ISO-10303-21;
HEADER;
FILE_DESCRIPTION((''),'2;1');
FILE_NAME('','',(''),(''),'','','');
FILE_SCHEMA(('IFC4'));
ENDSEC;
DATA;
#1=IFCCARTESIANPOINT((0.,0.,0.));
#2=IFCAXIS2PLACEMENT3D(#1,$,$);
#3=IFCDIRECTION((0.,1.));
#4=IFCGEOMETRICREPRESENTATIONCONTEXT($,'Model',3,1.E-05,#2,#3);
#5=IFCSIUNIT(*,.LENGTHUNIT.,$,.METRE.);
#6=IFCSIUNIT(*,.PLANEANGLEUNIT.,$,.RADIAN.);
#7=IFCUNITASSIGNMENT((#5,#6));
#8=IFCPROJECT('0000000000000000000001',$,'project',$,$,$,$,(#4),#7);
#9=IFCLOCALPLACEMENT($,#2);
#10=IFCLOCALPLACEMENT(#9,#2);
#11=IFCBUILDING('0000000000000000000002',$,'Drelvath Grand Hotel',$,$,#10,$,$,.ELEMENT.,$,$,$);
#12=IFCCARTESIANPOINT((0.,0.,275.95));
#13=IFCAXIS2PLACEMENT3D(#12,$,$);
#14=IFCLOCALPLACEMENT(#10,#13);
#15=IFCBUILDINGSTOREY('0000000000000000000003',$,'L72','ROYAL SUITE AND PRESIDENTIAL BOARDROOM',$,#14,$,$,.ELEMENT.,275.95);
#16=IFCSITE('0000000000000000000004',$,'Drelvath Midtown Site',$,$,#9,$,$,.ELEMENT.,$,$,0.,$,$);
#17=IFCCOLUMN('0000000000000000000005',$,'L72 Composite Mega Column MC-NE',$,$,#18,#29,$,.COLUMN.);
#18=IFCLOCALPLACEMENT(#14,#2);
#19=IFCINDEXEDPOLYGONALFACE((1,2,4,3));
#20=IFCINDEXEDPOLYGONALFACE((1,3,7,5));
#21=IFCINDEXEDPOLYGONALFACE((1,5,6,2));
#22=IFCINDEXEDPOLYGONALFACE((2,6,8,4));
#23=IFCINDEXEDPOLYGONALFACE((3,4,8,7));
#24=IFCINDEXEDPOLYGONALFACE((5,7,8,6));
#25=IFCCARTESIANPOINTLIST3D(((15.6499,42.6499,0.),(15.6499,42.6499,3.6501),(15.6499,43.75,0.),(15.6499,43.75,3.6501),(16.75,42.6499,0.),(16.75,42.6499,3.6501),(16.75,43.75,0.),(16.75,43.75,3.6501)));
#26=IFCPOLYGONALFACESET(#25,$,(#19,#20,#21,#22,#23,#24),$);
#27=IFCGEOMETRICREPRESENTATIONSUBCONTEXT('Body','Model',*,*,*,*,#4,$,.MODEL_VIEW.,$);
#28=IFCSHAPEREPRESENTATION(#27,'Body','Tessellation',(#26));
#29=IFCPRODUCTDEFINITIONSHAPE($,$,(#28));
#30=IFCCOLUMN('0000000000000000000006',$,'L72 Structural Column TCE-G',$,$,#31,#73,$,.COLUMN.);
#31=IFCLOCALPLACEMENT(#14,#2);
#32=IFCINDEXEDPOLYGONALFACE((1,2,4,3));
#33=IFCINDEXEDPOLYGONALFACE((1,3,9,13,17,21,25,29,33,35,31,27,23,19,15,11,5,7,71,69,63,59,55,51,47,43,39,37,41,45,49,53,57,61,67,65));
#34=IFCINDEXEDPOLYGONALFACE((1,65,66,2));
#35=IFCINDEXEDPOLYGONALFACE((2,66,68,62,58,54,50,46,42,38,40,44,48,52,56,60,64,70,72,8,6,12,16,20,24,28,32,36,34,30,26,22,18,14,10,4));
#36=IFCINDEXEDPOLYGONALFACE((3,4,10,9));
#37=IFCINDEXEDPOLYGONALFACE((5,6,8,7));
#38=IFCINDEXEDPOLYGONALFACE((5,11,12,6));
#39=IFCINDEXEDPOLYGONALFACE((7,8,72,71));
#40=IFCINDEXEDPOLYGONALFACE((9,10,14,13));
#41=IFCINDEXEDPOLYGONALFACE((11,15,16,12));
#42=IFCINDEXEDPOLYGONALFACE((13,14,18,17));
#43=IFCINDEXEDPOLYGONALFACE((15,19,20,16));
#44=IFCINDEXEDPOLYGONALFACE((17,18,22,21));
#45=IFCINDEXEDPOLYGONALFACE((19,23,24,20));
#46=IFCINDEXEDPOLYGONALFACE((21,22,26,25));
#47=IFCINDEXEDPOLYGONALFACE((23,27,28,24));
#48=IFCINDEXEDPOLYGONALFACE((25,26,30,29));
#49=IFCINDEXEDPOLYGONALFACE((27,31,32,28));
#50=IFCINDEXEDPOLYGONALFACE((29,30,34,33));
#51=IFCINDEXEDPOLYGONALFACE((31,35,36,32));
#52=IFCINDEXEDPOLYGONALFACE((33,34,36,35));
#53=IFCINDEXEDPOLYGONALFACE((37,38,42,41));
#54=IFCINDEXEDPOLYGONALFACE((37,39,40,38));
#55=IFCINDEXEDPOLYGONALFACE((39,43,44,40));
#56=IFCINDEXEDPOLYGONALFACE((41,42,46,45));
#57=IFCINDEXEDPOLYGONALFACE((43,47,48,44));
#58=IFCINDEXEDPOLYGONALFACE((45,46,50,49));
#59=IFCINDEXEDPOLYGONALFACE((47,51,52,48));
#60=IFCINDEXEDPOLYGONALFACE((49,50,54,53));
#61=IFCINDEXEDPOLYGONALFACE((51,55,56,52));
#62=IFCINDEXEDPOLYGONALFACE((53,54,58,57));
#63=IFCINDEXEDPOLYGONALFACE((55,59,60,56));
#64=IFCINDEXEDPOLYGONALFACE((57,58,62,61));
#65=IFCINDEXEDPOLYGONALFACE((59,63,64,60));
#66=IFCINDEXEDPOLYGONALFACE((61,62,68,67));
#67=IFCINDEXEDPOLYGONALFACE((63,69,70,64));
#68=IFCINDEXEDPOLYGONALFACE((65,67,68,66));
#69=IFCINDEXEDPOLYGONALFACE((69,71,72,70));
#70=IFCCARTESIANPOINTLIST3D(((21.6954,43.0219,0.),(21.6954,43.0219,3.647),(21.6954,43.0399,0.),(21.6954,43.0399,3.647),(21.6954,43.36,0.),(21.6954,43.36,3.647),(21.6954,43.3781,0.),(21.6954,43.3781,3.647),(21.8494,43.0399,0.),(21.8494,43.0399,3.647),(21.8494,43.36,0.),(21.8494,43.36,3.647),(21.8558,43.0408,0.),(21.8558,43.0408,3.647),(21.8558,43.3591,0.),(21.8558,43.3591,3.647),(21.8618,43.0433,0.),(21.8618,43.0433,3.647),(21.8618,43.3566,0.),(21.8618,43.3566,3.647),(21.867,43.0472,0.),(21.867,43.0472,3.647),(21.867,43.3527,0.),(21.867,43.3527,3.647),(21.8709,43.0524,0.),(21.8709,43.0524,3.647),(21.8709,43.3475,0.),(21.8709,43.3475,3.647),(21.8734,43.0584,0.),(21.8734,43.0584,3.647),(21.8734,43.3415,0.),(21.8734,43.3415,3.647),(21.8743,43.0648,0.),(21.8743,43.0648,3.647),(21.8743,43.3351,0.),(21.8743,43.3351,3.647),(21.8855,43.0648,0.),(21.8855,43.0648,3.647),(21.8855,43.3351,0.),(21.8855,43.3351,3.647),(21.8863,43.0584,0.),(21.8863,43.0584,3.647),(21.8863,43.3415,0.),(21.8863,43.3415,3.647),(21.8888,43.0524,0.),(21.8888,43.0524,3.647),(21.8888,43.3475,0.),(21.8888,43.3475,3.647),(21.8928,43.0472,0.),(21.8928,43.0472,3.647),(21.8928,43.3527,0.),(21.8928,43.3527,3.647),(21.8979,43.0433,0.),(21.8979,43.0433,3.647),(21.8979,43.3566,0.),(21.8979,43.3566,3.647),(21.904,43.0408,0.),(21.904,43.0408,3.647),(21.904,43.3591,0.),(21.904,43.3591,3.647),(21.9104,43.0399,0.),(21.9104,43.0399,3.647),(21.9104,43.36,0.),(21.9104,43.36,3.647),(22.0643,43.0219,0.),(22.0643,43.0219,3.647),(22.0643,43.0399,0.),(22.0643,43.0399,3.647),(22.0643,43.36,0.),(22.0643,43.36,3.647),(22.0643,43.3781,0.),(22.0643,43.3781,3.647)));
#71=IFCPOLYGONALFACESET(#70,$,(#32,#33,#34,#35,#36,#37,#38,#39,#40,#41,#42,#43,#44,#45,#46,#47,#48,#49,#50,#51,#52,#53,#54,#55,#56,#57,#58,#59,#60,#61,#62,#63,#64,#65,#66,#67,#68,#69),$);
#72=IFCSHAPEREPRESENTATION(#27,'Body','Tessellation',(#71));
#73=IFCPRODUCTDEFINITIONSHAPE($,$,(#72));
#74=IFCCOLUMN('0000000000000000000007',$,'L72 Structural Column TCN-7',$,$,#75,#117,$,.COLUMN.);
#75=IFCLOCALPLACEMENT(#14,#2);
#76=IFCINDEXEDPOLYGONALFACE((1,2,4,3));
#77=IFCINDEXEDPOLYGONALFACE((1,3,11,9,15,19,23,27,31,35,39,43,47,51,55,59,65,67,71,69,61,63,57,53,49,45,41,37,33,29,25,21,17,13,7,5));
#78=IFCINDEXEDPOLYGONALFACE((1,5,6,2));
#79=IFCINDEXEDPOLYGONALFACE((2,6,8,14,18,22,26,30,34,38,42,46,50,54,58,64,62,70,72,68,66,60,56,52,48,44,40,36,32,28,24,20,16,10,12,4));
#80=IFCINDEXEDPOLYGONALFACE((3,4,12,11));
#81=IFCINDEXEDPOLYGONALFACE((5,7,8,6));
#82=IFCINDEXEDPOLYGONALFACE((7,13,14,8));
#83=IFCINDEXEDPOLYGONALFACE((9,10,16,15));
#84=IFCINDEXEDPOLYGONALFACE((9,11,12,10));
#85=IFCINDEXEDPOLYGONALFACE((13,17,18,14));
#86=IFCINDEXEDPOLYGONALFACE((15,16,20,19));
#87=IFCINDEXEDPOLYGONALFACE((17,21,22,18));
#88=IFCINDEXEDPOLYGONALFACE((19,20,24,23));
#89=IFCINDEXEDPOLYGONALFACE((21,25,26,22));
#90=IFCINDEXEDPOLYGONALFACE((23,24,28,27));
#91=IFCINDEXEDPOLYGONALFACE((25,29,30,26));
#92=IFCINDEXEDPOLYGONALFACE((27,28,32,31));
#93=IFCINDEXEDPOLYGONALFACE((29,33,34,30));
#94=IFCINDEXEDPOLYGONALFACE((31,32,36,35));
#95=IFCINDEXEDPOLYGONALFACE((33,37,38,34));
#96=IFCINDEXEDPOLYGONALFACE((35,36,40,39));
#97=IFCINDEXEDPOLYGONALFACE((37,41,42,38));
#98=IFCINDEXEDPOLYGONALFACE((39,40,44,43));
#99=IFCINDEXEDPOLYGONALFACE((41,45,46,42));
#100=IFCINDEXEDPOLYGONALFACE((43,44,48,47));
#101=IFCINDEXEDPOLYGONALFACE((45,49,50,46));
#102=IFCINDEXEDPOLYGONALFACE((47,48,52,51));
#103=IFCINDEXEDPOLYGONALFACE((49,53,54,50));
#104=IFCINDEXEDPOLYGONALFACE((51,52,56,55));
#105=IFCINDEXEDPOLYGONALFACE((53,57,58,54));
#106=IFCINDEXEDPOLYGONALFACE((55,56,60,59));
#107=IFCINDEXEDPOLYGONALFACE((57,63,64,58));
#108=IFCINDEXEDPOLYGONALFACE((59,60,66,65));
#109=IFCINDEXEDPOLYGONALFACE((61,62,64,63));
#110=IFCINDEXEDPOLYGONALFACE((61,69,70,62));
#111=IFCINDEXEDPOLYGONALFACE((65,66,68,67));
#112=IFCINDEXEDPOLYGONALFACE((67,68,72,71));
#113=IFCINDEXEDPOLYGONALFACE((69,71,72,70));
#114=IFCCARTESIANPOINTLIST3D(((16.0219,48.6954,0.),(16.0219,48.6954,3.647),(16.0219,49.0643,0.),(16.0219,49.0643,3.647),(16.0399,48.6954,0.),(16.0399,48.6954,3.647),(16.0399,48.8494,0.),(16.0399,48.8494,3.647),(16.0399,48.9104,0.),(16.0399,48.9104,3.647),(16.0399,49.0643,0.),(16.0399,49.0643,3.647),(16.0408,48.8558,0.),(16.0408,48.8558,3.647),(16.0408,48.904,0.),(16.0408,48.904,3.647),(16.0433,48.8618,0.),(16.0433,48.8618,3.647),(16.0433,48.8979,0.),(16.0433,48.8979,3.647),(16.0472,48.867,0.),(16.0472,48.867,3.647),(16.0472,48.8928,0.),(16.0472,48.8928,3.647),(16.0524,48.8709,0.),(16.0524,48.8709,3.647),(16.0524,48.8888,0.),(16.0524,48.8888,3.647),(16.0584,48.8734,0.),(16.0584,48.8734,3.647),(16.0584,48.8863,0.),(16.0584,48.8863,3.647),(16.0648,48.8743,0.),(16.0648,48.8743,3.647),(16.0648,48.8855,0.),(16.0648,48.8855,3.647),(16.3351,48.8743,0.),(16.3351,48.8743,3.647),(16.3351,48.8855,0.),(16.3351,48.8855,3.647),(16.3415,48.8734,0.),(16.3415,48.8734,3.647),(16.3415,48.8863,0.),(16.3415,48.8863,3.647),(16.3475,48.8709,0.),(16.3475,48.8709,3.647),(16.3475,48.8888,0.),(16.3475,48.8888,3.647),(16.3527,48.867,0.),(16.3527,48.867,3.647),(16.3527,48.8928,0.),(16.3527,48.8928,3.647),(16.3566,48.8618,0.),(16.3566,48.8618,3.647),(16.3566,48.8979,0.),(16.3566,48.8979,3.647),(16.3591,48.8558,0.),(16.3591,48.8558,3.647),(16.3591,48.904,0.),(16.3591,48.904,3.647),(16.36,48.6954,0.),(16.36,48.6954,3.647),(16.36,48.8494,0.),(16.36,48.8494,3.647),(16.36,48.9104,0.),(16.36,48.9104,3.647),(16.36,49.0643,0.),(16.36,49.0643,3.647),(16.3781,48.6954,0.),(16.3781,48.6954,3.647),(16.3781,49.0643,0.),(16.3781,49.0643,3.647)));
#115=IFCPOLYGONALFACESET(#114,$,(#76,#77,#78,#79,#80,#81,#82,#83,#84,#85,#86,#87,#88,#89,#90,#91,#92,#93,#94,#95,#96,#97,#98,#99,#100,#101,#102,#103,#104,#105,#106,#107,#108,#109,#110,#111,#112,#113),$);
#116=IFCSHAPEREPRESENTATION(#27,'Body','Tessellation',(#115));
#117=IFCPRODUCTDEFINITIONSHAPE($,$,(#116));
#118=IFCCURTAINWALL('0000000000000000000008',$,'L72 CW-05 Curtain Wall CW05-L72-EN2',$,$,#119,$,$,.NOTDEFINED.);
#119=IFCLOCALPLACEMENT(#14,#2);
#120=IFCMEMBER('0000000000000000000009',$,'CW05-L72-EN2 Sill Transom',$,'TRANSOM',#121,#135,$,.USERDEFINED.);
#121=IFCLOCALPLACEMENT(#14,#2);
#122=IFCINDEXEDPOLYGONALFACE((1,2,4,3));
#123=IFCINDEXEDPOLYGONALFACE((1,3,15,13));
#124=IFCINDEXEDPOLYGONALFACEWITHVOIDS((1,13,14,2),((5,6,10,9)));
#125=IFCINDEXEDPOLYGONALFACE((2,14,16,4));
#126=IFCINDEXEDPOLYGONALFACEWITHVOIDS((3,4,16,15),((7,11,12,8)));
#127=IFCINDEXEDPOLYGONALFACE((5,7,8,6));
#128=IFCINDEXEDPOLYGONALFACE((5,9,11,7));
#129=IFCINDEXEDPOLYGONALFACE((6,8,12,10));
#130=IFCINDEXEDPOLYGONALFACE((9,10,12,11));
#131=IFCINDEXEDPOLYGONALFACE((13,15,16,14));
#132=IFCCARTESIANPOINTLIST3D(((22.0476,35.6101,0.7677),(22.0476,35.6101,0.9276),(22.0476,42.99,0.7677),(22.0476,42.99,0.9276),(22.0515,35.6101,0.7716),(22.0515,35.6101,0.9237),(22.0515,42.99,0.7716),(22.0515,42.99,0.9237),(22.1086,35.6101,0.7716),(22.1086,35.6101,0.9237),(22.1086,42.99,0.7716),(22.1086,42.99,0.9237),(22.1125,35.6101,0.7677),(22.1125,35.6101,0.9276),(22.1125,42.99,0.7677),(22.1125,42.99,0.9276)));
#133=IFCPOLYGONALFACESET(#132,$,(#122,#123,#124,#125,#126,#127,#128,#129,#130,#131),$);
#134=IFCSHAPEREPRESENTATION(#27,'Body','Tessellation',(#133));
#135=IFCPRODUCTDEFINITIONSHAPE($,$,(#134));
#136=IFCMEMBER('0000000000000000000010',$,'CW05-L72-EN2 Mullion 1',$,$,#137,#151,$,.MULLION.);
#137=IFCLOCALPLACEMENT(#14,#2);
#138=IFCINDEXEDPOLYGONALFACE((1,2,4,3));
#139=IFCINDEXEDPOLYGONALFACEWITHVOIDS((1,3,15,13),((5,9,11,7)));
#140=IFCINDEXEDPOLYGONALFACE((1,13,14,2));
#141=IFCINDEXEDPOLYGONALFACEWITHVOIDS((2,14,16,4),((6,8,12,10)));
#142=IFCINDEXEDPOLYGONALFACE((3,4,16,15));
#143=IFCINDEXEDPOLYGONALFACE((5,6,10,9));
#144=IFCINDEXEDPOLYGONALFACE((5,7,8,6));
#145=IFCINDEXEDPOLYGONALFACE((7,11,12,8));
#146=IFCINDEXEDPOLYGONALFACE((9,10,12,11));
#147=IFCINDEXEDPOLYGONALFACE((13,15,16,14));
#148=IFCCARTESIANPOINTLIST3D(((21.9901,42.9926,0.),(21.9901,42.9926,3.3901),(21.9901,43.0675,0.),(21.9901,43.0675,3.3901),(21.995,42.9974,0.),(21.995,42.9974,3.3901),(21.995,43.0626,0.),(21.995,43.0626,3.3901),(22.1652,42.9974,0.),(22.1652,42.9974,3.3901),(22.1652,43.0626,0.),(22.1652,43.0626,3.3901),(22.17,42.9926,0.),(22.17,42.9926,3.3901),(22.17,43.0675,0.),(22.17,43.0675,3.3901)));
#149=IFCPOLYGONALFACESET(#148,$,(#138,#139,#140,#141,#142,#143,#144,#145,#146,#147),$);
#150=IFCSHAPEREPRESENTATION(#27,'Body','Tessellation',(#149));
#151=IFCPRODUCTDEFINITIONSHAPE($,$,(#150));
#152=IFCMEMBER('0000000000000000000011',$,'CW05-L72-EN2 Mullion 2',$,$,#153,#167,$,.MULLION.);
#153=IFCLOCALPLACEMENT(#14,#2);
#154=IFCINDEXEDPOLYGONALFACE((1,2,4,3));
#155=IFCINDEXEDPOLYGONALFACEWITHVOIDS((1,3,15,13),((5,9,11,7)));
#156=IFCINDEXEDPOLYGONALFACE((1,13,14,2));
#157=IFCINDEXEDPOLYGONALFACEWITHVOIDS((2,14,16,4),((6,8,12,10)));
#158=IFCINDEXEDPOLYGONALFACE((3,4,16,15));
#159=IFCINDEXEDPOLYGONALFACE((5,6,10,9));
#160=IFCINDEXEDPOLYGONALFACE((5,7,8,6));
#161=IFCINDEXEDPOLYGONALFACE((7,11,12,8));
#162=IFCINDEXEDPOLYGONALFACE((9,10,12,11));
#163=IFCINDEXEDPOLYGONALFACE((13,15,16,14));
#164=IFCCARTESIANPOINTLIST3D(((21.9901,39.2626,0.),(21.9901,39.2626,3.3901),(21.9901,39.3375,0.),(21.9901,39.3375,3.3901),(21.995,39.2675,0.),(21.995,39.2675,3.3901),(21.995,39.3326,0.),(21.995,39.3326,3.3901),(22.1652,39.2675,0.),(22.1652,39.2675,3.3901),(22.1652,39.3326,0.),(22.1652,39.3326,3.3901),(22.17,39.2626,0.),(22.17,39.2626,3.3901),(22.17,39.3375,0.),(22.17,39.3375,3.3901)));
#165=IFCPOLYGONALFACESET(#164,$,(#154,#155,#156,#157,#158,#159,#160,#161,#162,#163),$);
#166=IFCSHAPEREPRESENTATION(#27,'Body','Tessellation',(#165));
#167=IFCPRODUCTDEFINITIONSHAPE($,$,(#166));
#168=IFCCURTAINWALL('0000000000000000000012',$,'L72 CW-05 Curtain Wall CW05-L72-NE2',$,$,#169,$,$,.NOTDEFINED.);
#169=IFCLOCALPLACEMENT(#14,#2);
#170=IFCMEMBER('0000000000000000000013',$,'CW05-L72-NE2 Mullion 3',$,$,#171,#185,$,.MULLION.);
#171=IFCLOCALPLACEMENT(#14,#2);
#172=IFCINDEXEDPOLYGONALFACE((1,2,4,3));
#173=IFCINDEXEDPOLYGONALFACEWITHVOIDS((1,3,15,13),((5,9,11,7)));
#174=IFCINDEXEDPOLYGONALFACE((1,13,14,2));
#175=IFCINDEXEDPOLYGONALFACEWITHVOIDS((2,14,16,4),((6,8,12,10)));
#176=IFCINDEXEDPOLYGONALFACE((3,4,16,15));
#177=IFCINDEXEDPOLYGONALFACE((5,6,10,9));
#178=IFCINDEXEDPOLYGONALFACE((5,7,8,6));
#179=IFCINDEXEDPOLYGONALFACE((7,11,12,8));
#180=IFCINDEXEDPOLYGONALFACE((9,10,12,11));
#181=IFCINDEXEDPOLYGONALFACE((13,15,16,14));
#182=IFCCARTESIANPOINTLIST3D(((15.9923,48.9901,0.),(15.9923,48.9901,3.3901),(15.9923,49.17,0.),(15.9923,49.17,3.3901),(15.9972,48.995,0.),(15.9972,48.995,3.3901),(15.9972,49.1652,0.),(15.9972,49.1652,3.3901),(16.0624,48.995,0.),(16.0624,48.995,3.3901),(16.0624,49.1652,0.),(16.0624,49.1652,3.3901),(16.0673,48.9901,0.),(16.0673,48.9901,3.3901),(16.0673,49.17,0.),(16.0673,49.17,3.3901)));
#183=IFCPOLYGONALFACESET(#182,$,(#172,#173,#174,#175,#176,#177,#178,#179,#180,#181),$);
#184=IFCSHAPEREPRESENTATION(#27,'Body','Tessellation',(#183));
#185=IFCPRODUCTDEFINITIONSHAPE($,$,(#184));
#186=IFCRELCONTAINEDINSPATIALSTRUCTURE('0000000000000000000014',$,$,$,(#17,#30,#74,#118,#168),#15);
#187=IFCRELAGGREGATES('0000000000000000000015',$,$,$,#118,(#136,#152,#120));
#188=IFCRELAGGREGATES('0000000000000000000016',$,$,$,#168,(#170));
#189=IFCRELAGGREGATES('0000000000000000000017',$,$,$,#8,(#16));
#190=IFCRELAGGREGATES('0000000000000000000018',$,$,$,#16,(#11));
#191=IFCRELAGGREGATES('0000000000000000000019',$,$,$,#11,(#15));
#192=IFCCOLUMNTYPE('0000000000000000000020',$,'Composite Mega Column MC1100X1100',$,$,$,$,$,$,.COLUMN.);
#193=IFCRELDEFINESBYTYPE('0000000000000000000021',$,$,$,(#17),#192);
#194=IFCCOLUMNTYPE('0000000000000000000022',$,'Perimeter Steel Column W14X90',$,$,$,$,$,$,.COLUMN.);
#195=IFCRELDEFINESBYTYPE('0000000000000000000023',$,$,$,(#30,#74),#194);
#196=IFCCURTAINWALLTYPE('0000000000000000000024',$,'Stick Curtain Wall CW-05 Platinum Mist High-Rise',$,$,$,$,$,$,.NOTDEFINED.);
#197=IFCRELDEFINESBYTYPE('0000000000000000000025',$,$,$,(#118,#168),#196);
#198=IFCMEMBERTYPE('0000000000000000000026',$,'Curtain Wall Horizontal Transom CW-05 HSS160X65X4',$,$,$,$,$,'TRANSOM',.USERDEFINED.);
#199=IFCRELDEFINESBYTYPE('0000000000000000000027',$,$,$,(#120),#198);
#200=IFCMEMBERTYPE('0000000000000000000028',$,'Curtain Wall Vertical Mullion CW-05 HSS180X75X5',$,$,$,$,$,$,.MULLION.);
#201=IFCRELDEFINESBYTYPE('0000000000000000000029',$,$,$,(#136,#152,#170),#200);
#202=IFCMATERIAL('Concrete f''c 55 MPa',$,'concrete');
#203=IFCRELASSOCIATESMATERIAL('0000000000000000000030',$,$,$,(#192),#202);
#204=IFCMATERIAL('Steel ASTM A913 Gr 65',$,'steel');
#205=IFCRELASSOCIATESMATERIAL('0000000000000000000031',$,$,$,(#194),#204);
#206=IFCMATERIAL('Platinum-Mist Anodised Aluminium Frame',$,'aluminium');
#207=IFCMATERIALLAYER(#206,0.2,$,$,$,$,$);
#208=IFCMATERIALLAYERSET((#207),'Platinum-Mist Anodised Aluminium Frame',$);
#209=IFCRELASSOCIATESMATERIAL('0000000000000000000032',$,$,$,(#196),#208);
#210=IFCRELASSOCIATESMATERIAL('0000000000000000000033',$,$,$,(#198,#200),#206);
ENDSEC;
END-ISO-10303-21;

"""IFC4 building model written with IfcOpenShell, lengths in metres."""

from ifc_helpers import new_model, si_unit, direction, frame, origin, origin_2d, place, context, subcontext, project, spatial, rectangle, hollow_rectangle, i_section, extrude, material, layer, layer_set, material_profile, profile_set, type_object, element, aggregate, save


model = new_model("IFC4")

# Units and contexts
model_context = context("Model", 3, precision=1e-05, world=origin(), true_north=direction((0.0, 1.0)))
body_context = subcontext(model_context, "Body", "Model", "MODEL_VIEW")
ifc_project = project(units=[si_unit("LENGTHUNIT", "METRE"), si_unit("PLANEANGLEUNIT", "RADIAN")], contexts=[model_context])

# Site, building, storey
site_placement = place(None, origin())
site = spatial("IfcSite", under=ifc_project, at=site_placement, Name="Drelvath Midtown Site", CompositionType="ELEMENT", RefElevation=0.0)
building_placement = place(site_placement, origin())
building = spatial("IfcBuilding", under=site, at=building_placement, Name="Drelvath Grand Hotel", CompositionType="ELEMENT")
storey_placement = place(building_placement, frame((0.0, 0.0, 275.95)))
storey = spatial("IfcBuildingStorey", under=building, at=storey_placement, Name="L72", Description="ROYAL SUITE AND PRESIDENTIAL BOARDROOM", CompositionType="ELEMENT", Elevation=275.95)

# Columns
ifc_material_1 = material(Name="Concrete f'c 55 MPa", Category="concrete")
ifc_material_profile_1 = material_profile(ifc_material_1, rectangle(XDim=1.1001, YDim=1.1001, at=origin_2d()), Name="MC1100X1100")
ifc_profile_set_1 = profile_set([ifc_material_profile_1], Name="Concrete f'c 55 MPa")
column_type_1 = type_object("IfcColumnType", Name="Composite Mega Column MC1100X1100", PredefinedType="COLUMN", material=ifc_profile_set_1)
column_placement = place(storey_placement, frame((16.2, 43.2, 0.0), z_axis=(0.0, 0.0, 1.0), x_axis=(1.0, 0.0, 0.0)))
element("IfcColumn", 1, at=column_placement, inside=storey, type_object=column_type_1, Name="L72 Composite Mega Column MC-NE", PredefinedType="COLUMN", context=body_context, shape_type="SweptSolid", body=[
    extrude(rectangle(XDim=1.1001, YDim=1.1001, at=origin_2d()), origin(), (0.0, 0.0, 1.0), 3.6501),
])
ifc_material_2 = material(Name="Steel ASTM A913 Gr 65", Category="steel")
ifc_material_profile_2 = material_profile(ifc_material_2, i_section(OverallWidth=0.3689, OverallDepth=0.3562, WebThickness=0.0112, FlangeThickness=0.0181, FilletRadius=0.0249, at=origin_2d()), Name="W14X90")
ifc_profile_set_2 = profile_set([ifc_material_profile_2], Name="Steel ASTM A913 Gr 65")
column_type_2 = type_object("IfcColumnType", Name="Perimeter Steel Column W14X90", PredefinedType="COLUMN", material=ifc_profile_set_2)
for number, where, z_axis, x_axis, name in (
    (2, (21.8799, 43.2, 0.0), (0.0, 0.0, 1.0), (1.0, 0.0, 0.0), "L72 Structural Column TCE-G"),
    (3, (16.2, 48.8799, 0.0), (0.0, 0.0, 1.0), (0.0, 1.0, 0.0), "L72 Structural Column TCN-7"),
):
    element("IfcColumn", number, at=place(storey_placement, frame(where, z_axis=z_axis, x_axis=x_axis)), inside=storey, type_object=column_type_2, Name=name, PredefinedType="COLUMN", context=body_context, shape_type="SweptSolid", body=[
        extrude(i_section(OverallWidth=0.3689, OverallDepth=0.3562, WebThickness=0.0112, FlangeThickness=0.0181, FilletRadius=0.0249, at=origin_2d()), origin(), (0.0, 0.0, 1.0), 3.647),
    ])

# Curtain wall, members
ifc_material_3 = material(Name="Platinum-Mist Anodised Aluminium Frame", Category="aluminium")
ifc_layer_1 = layer(ifc_material_3, 0.2)
ifc_layer_set_1 = layer_set([ifc_layer_1], Name="Platinum-Mist Anodised Aluminium Frame")
curtain_wall_type = type_object("IfcCurtainWallType", Name="Stick Curtain Wall CW-05 Platinum Mist High-Rise", PredefinedType="NOTDEFINED", material=ifc_layer_set_1)
curtain_wall_1_placement = place(storey_placement, origin())
curtain_wall_1 = element("IfcCurtainWall", 4, at=curtain_wall_1_placement, inside=storey, type_object=curtain_wall_type, Name="L72 CW-05 Curtain Wall CW05-L72-EN2", PredefinedType="NOTDEFINED")
ifc_material_profile_3 = material_profile(ifc_material_3, hollow_rectangle(XDim=0.0649, YDim=0.1599, WallThickness=0.0039, at=origin_2d()), Name="HSS160X65X4")
ifc_profile_set_3 = profile_set([ifc_material_profile_3], Name="Platinum-Mist Anodised Aluminium Frame")
member_type_1 = type_object("IfcMemberType", Name="Curtain Wall Horizontal Transom CW-05 HSS160X65X4", ElementType="TRANSOM", PredefinedType="USERDEFINED", material=ifc_profile_set_3)
member_1_placement = place(storey_placement, frame((22.0801, 42.99, 0.8477), z_axis=(0.0, -1.0, 0.0), x_axis=(1.0, 0.0, 0.0)))
member_1 = element("IfcMember", 5, at=member_1_placement, type_object=member_type_1, Name="CW05-L72-EN2 Sill Transom", ObjectType="TRANSOM", PredefinedType="USERDEFINED", context=body_context, shape_type="SweptSolid", body=[
    extrude(hollow_rectangle(XDim=0.0649, YDim=0.1599, WallThickness=0.0039, at=origin_2d()), origin(), (0.0, 0.0, 1.0), 7.3799),
])
ifc_material_profile_4 = material_profile(ifc_material_3, hollow_rectangle(XDim=0.075, YDim=0.1799, WallThickness=0.0049, at=origin_2d()), Name="HSS180X75X5")
ifc_profile_set_4 = profile_set([ifc_material_profile_4], Name="Platinum-Mist Anodised Aluminium Frame")
member_type_2 = type_object("IfcMemberType", Name="Curtain Wall Vertical Mullion CW-05 HSS180X75X5", PredefinedType="MULLION", material=ifc_profile_set_4)
member_2_placement = place(storey_placement, frame((22.0801, 43.03, 0.0), z_axis=(0.0, 0.0, 1.0), x_axis=(0.0, 1.0, 0.0)))
member_2 = element("IfcMember", 6, at=member_2_placement, type_object=member_type_2, Name="CW05-L72-EN2 Mullion 1", PredefinedType="MULLION", context=body_context, shape_type="SweptSolid", body=[
    extrude(hollow_rectangle(XDim=0.075, YDim=0.1799, WallThickness=0.0049, at=origin_2d()), origin(), (0.0, 0.0, 1.0), 3.3901),
])
member_3_placement = place(storey_placement, frame((22.0801, 39.3, 0.0), z_axis=(0.0, 0.0, 1.0), x_axis=(0.0, 1.0, 0.0)))
member_3 = element("IfcMember", 7, at=member_3_placement, type_object=member_type_2, Name="CW05-L72-EN2 Mullion 2", PredefinedType="MULLION", context=body_context, shape_type="SweptSolid", body=[
    extrude(hollow_rectangle(XDim=0.075, YDim=0.1799, WallThickness=0.0049, at=origin_2d()), origin(), (0.0, 0.0, 1.0), 3.3901),
])

# Curtain wall, member
curtain_wall_2_placement = place(storey_placement, origin())
curtain_wall_2 = element("IfcCurtainWall", 8, at=curtain_wall_2_placement, inside=storey, type_object=curtain_wall_type, Name="L72 CW-05 Curtain Wall CW05-L72-NE2", PredefinedType="NOTDEFINED")
member_4_placement = place(storey_placement, frame((16.0298, 49.0801, 0.0), z_axis=(0.0, 0.0, 1.0), x_axis=(1.0, 0.0, 0.0)))
member_4 = element("IfcMember", 9, at=member_4_placement, type_object=member_type_2, Name="CW05-L72-NE2 Mullion 3", PredefinedType="MULLION", context=body_context, shape_type="SweptSolid", body=[
    extrude(hollow_rectangle(XDim=0.075, YDim=0.1799, WallThickness=0.0049, at=origin_2d()), origin(), (0.0, 0.0, 1.0), 3.3901),
])

aggregate(curtain_wall_1, [member_2, member_3, member_1])
aggregate(curtain_wall_2, [member_4])

save(model, "model.ifc")
